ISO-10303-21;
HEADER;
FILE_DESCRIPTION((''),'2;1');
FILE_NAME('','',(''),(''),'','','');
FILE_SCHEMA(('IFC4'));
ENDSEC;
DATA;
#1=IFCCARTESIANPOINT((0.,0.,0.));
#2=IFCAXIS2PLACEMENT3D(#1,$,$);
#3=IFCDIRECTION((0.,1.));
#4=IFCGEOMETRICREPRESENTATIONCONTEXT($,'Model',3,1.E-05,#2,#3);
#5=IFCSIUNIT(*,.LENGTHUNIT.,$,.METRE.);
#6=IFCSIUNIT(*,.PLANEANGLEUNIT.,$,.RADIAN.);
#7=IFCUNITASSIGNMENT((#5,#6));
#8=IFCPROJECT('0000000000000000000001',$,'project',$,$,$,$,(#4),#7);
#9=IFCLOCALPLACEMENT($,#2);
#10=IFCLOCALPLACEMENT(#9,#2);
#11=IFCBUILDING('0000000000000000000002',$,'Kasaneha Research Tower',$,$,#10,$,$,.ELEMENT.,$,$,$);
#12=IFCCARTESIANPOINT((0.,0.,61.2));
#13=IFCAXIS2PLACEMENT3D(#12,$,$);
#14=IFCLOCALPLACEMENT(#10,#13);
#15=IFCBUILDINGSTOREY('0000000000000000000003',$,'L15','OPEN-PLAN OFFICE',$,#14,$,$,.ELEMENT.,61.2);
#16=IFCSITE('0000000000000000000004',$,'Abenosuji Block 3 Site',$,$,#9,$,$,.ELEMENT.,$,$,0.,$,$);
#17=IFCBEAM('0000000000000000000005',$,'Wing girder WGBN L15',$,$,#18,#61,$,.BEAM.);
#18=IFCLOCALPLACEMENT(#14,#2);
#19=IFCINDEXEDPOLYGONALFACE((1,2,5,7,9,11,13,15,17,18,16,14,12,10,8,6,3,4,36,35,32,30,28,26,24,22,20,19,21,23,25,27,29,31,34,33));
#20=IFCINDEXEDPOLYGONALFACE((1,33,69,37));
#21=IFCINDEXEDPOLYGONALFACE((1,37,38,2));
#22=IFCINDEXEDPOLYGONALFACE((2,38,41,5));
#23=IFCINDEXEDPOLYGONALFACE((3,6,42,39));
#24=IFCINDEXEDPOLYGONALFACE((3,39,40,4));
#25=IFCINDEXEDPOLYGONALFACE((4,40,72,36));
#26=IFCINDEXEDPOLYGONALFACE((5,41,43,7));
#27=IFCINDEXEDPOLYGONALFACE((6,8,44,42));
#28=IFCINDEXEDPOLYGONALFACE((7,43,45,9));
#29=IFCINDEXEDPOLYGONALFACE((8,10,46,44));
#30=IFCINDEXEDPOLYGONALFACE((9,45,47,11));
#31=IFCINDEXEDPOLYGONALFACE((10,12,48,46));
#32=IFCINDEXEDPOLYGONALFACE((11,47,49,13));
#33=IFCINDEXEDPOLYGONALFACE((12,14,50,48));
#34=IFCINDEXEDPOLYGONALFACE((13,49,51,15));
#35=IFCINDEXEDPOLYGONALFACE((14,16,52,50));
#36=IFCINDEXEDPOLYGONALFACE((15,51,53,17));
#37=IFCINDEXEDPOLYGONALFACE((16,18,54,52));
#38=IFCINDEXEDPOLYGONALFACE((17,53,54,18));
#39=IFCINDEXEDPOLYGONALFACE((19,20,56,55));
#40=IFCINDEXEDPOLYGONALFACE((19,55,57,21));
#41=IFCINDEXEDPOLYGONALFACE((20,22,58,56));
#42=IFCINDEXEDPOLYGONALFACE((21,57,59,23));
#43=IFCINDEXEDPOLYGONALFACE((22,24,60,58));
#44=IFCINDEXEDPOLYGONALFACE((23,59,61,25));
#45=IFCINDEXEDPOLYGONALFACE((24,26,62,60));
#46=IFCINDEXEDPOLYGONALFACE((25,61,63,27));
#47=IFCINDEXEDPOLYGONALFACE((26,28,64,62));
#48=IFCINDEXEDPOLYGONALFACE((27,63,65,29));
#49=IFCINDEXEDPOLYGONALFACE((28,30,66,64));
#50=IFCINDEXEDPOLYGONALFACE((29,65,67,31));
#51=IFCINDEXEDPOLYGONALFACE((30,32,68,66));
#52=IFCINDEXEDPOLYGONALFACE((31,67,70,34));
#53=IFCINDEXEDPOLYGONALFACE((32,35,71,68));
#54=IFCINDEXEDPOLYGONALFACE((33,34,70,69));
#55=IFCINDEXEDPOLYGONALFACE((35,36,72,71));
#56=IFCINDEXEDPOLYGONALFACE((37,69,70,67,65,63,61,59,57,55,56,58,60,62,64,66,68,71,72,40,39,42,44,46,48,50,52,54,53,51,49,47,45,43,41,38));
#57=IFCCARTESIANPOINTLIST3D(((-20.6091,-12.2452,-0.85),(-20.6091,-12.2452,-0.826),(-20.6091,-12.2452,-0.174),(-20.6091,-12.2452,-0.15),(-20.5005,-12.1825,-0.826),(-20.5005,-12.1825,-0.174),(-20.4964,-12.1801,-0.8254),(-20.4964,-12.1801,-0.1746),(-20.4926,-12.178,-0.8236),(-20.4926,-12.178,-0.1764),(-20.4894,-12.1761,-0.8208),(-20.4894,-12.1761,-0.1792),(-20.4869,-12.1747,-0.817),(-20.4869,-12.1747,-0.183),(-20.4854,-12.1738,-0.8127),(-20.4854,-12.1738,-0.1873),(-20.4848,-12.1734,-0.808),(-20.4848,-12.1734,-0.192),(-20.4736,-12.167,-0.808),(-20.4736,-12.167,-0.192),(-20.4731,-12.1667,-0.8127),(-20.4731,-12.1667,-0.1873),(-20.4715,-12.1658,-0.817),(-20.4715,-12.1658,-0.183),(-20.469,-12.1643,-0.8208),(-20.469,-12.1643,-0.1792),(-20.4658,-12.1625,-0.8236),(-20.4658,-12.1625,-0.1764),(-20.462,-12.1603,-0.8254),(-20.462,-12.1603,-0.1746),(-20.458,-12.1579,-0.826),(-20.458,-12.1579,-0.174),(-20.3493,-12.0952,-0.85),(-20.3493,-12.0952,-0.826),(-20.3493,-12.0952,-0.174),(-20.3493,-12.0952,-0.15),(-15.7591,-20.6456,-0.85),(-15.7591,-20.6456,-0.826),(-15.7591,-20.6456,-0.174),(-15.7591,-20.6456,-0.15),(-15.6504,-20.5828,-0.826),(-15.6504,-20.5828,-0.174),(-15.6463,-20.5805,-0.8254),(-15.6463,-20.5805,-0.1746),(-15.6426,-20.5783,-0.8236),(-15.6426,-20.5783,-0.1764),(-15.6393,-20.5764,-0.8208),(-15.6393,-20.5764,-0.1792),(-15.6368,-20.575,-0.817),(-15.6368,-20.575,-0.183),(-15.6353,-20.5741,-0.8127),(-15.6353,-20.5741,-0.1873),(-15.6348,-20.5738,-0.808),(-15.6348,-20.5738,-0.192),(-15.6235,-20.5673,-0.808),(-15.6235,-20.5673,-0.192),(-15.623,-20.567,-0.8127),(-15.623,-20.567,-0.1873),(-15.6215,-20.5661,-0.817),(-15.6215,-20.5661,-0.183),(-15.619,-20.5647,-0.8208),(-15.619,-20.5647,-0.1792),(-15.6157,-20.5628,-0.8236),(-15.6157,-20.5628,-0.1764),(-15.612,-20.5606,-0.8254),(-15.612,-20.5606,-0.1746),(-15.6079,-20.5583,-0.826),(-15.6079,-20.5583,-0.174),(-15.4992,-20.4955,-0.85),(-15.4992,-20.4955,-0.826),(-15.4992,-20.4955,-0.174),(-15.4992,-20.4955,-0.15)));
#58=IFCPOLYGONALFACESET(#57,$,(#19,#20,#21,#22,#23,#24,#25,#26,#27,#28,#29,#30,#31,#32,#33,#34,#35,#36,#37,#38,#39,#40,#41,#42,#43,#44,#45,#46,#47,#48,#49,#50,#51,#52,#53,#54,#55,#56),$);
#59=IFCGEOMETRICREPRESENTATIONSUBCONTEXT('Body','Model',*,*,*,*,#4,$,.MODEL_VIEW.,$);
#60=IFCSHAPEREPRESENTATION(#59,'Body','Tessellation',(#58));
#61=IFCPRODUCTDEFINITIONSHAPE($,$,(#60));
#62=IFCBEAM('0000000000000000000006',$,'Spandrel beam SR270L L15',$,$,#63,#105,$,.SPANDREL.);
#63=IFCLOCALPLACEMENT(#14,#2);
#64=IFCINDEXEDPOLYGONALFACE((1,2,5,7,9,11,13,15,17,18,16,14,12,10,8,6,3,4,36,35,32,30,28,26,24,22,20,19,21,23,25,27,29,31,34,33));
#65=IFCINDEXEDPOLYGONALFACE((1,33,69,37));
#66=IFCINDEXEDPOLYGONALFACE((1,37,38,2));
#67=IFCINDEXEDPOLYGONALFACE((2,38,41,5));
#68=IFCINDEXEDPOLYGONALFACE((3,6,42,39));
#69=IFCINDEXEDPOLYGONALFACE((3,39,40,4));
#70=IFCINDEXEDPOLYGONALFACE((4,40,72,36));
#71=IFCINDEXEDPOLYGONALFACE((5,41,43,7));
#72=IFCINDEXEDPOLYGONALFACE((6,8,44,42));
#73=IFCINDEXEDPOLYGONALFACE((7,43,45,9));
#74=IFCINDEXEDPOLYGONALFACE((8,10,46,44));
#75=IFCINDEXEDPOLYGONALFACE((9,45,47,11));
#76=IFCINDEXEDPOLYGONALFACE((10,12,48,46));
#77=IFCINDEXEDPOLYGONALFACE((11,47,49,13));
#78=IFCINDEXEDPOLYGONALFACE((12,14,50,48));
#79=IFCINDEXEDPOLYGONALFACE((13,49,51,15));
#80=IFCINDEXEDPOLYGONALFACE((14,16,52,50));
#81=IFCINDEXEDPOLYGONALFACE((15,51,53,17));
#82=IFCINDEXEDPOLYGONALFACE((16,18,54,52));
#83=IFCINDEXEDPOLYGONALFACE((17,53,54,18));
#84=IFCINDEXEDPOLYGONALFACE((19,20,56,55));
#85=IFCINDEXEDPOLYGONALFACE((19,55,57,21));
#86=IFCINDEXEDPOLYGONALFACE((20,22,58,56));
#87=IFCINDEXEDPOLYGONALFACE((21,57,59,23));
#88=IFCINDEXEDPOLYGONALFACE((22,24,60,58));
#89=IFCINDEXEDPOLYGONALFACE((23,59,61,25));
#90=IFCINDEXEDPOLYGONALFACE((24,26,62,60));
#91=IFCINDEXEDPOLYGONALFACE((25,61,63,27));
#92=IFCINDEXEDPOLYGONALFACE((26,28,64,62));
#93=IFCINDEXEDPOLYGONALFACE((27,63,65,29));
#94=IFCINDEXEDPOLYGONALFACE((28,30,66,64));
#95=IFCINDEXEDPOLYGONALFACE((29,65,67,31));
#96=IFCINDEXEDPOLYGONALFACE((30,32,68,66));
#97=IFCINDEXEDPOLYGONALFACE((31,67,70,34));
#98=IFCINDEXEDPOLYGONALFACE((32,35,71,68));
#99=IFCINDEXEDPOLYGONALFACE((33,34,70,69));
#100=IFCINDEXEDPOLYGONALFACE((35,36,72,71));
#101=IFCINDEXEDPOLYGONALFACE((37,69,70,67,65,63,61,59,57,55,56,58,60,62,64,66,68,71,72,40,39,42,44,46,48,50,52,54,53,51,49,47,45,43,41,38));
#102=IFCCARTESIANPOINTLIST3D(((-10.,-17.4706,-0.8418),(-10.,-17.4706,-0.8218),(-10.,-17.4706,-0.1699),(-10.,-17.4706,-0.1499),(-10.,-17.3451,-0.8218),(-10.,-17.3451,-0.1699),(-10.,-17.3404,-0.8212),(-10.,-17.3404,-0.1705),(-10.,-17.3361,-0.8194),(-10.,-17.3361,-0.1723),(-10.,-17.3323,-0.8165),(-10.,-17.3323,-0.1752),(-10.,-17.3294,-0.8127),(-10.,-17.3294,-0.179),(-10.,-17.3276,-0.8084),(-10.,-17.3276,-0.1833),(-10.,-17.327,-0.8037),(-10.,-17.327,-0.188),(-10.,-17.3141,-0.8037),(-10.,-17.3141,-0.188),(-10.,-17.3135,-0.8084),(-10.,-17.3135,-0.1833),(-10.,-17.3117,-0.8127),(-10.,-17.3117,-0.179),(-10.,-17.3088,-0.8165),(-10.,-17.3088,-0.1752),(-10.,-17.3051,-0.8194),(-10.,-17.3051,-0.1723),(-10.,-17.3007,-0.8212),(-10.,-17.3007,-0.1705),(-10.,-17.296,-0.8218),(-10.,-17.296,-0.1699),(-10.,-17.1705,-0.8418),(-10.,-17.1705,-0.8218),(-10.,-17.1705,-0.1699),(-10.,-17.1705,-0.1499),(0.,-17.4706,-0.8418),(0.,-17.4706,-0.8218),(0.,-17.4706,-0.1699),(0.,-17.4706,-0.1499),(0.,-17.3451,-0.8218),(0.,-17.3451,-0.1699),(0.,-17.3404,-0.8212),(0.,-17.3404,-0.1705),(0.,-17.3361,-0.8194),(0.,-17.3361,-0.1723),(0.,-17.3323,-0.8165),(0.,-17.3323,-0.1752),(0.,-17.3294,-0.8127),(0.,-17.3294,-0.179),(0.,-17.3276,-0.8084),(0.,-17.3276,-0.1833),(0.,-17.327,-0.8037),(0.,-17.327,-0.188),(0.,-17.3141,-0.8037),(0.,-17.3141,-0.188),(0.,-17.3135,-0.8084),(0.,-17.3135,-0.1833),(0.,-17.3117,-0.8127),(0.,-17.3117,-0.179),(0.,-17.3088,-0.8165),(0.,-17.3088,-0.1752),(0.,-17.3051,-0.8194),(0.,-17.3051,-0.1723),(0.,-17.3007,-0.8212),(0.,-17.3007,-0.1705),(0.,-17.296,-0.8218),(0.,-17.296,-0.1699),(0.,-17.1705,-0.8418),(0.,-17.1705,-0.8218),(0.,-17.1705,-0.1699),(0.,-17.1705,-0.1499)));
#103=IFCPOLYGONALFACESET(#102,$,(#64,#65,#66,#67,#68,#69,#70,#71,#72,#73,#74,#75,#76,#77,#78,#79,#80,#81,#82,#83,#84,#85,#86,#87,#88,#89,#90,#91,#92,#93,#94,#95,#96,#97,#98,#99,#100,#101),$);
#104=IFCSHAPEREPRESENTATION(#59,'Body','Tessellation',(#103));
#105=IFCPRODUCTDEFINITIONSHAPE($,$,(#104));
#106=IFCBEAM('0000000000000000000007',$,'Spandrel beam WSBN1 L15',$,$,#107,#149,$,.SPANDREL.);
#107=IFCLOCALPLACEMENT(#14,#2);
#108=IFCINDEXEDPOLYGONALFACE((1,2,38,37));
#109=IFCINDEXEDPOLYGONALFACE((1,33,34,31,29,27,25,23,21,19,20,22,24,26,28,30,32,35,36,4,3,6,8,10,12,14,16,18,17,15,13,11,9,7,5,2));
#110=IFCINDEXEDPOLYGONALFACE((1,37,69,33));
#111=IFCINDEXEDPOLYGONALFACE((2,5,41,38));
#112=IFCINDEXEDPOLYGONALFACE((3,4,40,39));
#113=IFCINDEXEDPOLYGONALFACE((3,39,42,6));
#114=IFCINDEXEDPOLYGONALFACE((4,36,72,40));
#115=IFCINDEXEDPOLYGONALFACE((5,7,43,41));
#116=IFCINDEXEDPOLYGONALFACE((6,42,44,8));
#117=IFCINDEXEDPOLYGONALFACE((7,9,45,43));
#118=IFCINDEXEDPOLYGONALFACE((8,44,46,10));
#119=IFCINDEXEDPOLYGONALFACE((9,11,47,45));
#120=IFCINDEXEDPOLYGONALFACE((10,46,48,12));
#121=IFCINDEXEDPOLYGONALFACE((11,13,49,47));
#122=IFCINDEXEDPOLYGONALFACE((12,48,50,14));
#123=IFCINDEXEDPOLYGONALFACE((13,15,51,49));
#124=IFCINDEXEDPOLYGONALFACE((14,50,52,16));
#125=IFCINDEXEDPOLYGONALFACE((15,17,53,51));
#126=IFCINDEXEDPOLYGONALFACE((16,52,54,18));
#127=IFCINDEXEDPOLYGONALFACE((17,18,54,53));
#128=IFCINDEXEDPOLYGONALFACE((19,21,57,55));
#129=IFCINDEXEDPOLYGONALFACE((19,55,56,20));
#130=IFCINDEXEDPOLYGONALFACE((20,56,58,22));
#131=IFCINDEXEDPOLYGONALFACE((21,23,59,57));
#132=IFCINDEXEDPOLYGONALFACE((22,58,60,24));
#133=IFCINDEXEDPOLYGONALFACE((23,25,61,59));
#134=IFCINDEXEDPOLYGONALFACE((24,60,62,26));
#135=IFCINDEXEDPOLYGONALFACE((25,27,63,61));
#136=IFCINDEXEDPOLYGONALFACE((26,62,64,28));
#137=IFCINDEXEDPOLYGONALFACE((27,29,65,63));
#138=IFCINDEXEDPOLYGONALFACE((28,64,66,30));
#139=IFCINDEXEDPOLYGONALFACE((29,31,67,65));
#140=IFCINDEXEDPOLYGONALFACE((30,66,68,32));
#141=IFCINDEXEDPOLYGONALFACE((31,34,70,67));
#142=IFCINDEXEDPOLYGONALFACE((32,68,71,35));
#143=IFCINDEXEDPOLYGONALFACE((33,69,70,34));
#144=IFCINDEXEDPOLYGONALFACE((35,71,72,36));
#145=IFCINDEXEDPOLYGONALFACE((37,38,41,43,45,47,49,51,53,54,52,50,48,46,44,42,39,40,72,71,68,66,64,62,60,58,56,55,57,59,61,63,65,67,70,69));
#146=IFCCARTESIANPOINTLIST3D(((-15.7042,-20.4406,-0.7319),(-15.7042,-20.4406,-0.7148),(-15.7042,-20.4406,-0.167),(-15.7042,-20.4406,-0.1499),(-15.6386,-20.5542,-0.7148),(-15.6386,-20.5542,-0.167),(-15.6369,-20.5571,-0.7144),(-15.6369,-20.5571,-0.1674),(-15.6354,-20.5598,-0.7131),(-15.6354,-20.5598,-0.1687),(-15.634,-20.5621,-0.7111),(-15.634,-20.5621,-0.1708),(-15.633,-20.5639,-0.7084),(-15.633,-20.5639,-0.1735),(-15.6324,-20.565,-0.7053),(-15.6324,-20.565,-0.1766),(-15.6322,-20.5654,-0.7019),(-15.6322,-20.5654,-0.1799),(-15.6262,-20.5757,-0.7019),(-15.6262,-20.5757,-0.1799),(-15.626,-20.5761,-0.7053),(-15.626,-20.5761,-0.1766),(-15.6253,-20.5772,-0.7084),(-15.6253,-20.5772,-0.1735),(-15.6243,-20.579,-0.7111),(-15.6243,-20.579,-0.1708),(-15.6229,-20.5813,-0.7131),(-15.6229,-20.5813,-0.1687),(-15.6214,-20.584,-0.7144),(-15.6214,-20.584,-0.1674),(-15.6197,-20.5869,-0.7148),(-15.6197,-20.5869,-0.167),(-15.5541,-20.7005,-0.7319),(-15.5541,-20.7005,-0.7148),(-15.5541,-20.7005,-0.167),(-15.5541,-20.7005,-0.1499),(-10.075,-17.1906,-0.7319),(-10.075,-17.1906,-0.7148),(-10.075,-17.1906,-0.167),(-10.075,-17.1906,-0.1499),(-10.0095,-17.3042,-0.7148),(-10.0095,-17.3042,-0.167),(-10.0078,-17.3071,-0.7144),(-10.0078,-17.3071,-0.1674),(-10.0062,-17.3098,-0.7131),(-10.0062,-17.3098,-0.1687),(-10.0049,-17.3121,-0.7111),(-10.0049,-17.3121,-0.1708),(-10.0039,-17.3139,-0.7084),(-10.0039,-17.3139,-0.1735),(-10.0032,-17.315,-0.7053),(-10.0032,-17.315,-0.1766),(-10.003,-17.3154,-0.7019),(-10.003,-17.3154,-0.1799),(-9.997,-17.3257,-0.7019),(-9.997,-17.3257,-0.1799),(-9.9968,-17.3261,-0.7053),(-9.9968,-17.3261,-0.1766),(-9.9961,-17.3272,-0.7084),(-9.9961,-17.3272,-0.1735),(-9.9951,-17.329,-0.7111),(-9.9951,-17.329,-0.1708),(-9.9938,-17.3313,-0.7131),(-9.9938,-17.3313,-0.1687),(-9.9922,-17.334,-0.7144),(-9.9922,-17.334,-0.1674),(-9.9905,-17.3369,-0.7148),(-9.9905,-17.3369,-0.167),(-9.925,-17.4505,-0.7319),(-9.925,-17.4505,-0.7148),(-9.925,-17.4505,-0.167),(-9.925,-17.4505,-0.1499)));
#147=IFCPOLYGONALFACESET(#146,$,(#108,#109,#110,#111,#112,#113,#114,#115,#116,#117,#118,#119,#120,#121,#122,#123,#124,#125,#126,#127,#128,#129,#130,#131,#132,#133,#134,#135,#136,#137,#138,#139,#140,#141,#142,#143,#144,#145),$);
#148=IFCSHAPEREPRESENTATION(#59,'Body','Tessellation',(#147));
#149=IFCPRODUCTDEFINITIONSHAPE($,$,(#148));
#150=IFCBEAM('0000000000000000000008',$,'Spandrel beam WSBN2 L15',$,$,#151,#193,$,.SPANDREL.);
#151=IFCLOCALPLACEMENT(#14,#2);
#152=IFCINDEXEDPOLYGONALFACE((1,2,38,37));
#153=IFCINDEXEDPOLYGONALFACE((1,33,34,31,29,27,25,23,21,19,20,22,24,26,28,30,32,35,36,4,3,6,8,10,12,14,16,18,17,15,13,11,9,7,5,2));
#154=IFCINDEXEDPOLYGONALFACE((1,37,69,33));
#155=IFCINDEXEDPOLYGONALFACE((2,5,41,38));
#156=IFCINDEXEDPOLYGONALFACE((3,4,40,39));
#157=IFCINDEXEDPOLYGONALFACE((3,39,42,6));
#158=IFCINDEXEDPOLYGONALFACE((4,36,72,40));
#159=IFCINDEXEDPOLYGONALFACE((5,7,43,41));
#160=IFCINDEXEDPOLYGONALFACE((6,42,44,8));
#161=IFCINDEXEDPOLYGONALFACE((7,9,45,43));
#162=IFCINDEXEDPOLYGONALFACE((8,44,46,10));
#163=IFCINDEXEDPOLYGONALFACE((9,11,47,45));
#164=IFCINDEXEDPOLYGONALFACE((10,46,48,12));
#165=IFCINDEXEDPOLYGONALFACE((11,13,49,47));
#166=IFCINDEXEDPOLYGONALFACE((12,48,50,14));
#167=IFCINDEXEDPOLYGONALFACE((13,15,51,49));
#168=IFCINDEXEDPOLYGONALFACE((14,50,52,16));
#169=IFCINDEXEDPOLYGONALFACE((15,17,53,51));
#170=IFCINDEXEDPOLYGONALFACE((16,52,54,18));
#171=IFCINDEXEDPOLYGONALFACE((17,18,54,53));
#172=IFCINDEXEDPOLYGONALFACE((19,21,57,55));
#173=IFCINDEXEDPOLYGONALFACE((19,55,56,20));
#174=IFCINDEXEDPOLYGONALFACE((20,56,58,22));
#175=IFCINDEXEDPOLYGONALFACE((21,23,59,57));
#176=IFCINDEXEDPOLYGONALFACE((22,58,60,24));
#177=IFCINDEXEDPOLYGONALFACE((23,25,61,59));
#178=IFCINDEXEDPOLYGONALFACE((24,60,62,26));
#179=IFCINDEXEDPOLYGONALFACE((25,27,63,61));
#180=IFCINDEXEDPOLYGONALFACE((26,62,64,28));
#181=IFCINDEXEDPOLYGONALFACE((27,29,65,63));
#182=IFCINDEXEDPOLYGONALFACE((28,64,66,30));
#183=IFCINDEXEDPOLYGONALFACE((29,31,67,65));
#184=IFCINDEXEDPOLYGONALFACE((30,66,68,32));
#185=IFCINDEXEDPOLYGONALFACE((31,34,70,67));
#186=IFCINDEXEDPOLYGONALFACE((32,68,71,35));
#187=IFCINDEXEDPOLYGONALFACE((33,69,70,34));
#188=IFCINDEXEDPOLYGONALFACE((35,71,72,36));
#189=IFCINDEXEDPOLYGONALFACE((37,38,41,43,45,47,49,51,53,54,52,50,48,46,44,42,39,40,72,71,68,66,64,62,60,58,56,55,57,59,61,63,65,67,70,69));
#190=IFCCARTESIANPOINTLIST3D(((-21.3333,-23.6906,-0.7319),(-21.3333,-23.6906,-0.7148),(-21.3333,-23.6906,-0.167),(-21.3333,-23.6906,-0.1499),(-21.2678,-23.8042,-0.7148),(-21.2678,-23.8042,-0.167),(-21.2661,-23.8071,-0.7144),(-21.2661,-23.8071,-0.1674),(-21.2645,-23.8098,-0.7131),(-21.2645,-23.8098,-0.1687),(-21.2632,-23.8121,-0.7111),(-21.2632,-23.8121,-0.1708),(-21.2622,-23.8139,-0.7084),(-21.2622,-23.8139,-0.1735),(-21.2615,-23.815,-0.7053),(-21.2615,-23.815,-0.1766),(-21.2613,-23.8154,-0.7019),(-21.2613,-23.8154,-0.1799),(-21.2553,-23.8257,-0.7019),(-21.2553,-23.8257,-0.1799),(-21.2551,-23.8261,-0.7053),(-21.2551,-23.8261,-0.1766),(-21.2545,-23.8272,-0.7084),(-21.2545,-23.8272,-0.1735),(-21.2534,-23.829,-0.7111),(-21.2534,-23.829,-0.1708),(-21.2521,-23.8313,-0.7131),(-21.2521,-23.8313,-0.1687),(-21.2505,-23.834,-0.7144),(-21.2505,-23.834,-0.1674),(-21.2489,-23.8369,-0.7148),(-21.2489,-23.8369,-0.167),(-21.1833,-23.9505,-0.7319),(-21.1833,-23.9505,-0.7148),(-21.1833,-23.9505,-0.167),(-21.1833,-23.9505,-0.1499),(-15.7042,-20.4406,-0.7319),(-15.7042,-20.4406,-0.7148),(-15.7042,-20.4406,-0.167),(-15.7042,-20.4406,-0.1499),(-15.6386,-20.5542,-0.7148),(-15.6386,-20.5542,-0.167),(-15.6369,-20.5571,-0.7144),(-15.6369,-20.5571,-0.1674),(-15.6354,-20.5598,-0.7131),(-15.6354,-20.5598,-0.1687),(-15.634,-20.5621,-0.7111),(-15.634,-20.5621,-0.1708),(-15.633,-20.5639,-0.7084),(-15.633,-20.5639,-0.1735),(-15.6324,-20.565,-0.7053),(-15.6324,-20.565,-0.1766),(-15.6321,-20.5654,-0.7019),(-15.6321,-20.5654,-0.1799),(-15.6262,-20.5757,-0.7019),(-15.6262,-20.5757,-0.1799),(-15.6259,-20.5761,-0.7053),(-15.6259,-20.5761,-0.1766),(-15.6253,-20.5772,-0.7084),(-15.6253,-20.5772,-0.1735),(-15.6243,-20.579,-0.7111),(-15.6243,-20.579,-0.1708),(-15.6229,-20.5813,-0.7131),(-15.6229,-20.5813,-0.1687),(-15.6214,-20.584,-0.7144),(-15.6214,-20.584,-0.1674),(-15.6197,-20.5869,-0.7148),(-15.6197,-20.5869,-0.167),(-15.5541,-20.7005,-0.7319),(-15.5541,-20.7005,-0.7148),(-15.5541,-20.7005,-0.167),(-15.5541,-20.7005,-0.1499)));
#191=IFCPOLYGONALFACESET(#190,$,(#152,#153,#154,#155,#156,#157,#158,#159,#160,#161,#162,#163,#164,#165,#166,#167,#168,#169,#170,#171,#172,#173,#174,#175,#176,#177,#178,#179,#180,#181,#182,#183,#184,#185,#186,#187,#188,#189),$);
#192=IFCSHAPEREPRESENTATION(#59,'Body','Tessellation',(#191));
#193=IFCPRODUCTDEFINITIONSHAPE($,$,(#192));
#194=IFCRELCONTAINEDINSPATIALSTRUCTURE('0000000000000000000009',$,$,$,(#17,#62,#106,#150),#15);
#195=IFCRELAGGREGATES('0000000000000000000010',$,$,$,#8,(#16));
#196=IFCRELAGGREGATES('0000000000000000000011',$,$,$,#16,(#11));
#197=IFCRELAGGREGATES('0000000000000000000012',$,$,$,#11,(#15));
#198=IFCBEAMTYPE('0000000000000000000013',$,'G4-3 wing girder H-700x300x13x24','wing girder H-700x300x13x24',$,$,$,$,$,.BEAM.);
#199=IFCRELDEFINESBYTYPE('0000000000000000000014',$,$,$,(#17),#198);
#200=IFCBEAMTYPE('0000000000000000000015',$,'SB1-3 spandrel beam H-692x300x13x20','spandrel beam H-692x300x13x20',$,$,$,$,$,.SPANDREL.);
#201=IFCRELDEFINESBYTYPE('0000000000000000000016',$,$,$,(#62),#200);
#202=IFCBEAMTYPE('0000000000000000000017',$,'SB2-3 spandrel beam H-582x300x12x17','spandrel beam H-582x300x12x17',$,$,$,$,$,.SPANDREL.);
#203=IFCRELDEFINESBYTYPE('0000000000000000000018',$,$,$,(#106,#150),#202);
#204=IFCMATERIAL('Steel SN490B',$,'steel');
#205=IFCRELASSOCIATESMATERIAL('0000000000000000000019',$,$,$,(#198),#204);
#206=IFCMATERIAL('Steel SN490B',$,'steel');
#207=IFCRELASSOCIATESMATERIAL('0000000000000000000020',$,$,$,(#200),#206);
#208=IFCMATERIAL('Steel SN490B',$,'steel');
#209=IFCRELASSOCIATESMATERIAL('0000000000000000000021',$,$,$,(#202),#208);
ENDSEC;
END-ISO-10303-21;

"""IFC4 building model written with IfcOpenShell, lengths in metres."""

from ifc_helpers import new_model, si_unit, direction, frame, origin, origin_2d, place, context, subcontext, project, spatial, i_section, extrude, material, material_profile, profile_set, type_object, element, save


model = new_model("IFC4")

# Units and contexts
model_context = context("Model", 3, precision=1e-05, world=origin(), true_north=direction((0.0, 1.0)))
body_context = subcontext(model_context, "Body", "Model", "MODEL_VIEW")
ifc_project = project(units=[si_unit("LENGTHUNIT", "METRE"), si_unit("PLANEANGLEUNIT", "RADIAN")], contexts=[model_context])

# Site, building, storey
site_placement = place(None, origin())
site = spatial("IfcSite", under=ifc_project, at=site_placement, Name="Abenosuji Block 3 Site", CompositionType="ELEMENT", RefElevation=0.0)
building_placement = place(site_placement, origin())
building = spatial("IfcBuilding", under=site, at=building_placement, Name="Kasaneha Research Tower", CompositionType="ELEMENT")
storey_placement = place(building_placement, frame((0.0, 0.0, 61.2)))
storey = spatial("IfcBuildingStorey", under=building, at=storey_placement, Name="L15", Description="OPEN-PLAN OFFICE", CompositionType="ELEMENT", Elevation=61.2)

# Beams
ifc_material_1 = material(Name="Steel SN490B", Category="steel")
ifc_material_profile_1 = material_profile(ifc_material_1, i_section(OverallWidth=0.3, OverallDepth=0.7, WebThickness=0.0129, FlangeThickness=0.0239, FilletRadius=0.0181, at=origin_2d()), Name="H-700x300x13x24")
ifc_profile_set_1 = profile_set([ifc_material_profile_1], Name="Steel SN490B")
beam_type_1 = type_object("IfcBeamType", Name="G4-3 wing girder H-700x300x13x24", Description="wing girder H-700x300x13x24", PredefinedType="BEAM", material=ifc_profile_set_1)
beam_1_placement = place(storey_placement, frame((-15.6292, -20.5706, -0.5), z_axis=(-0.50001, 0.86602, 0.0), x_axis=(-0.86602, -0.50001, 0.0)))
element("IfcBeam", 1, at=beam_1_placement, inside=storey, type_object=beam_type_1, Name="Wing girder WGBN L15", PredefinedType="BEAM", context=body_context, shape_type="SweptSolid", body=[
    extrude(i_section(OverallWidth=0.3, OverallDepth=0.7, WebThickness=0.0129, FlangeThickness=0.0239, FilletRadius=0.0181, at=origin_2d()), origin(), (0.0, 0.0, 1.0), 9.7),
])
ifc_material_2 = material(Name="Steel SN490B", Category="steel")
ifc_material_profile_2 = material_profile(ifc_material_2, i_section(OverallWidth=0.3, OverallDepth=0.6919, WebThickness=0.0129, FlangeThickness=0.02, FilletRadius=0.0181, at=origin_2d()), Name="H-692x300x13x20")
ifc_profile_set_2 = profile_set([ifc_material_profile_2], Name="Steel SN490B")
beam_type_2 = type_object("IfcBeamType", Name="SB1-3 spandrel beam H-692x300x13x20", Description="spandrel beam H-692x300x13x20", PredefinedType="SPANDREL", material=ifc_profile_set_2)
beam_2_placement = place(storey_placement, frame((-10.0, -17.3206, -0.4958), z_axis=(1.0, 0.0, 0.0), x_axis=(0.0, 1.0, 0.0)))
element("IfcBeam", 2, at=beam_2_placement, inside=storey, type_object=beam_type_2, Name="Spandrel beam SR270L L15", PredefinedType="SPANDREL", context=body_context, shape_type="SweptSolid", body=[
    extrude(i_section(OverallWidth=0.3, OverallDepth=0.6919, WebThickness=0.0129, FlangeThickness=0.02, FilletRadius=0.0181, at=origin_2d()), origin(), (0.0, 0.0, 1.0), 10.0),
])
ifc_material_3 = material(Name="Steel SN490B", Category="steel")
ifc_material_profile_3 = material_profile(ifc_material_3, i_section(OverallWidth=0.3, OverallDepth=0.582, WebThickness=0.012, FlangeThickness=0.0171, FilletRadius=0.0129, at=origin_2d()), Name="H-582x300x12x17")
ifc_profile_set_3 = profile_set([ifc_material_profile_3], Name="Steel SN490B")
beam_type_3 = type_object("IfcBeamType", Name="SB2-3 spandrel beam H-582x300x12x17", Description="spandrel beam H-582x300x12x17", PredefinedType="SPANDREL", material=ifc_profile_set_3)
for number, where, z_axis, x_axis, name in (
    (3, (-10.0, -17.3206, -0.4409), (-0.866025, -0.500001, 0.0), (0.500001, -0.866025, 0.0), "Spandrel beam WSBN1 L15"),
    (4, (-15.6292, -20.5706, -0.4409), (-0.866025, -0.500001, 0.0), (0.500001, -0.866025, 0.0), "Spandrel beam WSBN2 L15"),
):
    element("IfcBeam", number, at=place(storey_placement, frame(where, z_axis=z_axis, x_axis=x_axis)), inside=storey, type_object=beam_type_3, Name=name, PredefinedType="SPANDREL", context=body_context, shape_type="SweptSolid", body=[
        extrude(i_section(OverallWidth=0.3, OverallDepth=0.582, WebThickness=0.012, FlangeThickness=0.0171, FilletRadius=0.0129, at=origin_2d()), origin(), (0.0, 0.0, 1.0), 6.5),
    ])

save(model, "model.ifc")
